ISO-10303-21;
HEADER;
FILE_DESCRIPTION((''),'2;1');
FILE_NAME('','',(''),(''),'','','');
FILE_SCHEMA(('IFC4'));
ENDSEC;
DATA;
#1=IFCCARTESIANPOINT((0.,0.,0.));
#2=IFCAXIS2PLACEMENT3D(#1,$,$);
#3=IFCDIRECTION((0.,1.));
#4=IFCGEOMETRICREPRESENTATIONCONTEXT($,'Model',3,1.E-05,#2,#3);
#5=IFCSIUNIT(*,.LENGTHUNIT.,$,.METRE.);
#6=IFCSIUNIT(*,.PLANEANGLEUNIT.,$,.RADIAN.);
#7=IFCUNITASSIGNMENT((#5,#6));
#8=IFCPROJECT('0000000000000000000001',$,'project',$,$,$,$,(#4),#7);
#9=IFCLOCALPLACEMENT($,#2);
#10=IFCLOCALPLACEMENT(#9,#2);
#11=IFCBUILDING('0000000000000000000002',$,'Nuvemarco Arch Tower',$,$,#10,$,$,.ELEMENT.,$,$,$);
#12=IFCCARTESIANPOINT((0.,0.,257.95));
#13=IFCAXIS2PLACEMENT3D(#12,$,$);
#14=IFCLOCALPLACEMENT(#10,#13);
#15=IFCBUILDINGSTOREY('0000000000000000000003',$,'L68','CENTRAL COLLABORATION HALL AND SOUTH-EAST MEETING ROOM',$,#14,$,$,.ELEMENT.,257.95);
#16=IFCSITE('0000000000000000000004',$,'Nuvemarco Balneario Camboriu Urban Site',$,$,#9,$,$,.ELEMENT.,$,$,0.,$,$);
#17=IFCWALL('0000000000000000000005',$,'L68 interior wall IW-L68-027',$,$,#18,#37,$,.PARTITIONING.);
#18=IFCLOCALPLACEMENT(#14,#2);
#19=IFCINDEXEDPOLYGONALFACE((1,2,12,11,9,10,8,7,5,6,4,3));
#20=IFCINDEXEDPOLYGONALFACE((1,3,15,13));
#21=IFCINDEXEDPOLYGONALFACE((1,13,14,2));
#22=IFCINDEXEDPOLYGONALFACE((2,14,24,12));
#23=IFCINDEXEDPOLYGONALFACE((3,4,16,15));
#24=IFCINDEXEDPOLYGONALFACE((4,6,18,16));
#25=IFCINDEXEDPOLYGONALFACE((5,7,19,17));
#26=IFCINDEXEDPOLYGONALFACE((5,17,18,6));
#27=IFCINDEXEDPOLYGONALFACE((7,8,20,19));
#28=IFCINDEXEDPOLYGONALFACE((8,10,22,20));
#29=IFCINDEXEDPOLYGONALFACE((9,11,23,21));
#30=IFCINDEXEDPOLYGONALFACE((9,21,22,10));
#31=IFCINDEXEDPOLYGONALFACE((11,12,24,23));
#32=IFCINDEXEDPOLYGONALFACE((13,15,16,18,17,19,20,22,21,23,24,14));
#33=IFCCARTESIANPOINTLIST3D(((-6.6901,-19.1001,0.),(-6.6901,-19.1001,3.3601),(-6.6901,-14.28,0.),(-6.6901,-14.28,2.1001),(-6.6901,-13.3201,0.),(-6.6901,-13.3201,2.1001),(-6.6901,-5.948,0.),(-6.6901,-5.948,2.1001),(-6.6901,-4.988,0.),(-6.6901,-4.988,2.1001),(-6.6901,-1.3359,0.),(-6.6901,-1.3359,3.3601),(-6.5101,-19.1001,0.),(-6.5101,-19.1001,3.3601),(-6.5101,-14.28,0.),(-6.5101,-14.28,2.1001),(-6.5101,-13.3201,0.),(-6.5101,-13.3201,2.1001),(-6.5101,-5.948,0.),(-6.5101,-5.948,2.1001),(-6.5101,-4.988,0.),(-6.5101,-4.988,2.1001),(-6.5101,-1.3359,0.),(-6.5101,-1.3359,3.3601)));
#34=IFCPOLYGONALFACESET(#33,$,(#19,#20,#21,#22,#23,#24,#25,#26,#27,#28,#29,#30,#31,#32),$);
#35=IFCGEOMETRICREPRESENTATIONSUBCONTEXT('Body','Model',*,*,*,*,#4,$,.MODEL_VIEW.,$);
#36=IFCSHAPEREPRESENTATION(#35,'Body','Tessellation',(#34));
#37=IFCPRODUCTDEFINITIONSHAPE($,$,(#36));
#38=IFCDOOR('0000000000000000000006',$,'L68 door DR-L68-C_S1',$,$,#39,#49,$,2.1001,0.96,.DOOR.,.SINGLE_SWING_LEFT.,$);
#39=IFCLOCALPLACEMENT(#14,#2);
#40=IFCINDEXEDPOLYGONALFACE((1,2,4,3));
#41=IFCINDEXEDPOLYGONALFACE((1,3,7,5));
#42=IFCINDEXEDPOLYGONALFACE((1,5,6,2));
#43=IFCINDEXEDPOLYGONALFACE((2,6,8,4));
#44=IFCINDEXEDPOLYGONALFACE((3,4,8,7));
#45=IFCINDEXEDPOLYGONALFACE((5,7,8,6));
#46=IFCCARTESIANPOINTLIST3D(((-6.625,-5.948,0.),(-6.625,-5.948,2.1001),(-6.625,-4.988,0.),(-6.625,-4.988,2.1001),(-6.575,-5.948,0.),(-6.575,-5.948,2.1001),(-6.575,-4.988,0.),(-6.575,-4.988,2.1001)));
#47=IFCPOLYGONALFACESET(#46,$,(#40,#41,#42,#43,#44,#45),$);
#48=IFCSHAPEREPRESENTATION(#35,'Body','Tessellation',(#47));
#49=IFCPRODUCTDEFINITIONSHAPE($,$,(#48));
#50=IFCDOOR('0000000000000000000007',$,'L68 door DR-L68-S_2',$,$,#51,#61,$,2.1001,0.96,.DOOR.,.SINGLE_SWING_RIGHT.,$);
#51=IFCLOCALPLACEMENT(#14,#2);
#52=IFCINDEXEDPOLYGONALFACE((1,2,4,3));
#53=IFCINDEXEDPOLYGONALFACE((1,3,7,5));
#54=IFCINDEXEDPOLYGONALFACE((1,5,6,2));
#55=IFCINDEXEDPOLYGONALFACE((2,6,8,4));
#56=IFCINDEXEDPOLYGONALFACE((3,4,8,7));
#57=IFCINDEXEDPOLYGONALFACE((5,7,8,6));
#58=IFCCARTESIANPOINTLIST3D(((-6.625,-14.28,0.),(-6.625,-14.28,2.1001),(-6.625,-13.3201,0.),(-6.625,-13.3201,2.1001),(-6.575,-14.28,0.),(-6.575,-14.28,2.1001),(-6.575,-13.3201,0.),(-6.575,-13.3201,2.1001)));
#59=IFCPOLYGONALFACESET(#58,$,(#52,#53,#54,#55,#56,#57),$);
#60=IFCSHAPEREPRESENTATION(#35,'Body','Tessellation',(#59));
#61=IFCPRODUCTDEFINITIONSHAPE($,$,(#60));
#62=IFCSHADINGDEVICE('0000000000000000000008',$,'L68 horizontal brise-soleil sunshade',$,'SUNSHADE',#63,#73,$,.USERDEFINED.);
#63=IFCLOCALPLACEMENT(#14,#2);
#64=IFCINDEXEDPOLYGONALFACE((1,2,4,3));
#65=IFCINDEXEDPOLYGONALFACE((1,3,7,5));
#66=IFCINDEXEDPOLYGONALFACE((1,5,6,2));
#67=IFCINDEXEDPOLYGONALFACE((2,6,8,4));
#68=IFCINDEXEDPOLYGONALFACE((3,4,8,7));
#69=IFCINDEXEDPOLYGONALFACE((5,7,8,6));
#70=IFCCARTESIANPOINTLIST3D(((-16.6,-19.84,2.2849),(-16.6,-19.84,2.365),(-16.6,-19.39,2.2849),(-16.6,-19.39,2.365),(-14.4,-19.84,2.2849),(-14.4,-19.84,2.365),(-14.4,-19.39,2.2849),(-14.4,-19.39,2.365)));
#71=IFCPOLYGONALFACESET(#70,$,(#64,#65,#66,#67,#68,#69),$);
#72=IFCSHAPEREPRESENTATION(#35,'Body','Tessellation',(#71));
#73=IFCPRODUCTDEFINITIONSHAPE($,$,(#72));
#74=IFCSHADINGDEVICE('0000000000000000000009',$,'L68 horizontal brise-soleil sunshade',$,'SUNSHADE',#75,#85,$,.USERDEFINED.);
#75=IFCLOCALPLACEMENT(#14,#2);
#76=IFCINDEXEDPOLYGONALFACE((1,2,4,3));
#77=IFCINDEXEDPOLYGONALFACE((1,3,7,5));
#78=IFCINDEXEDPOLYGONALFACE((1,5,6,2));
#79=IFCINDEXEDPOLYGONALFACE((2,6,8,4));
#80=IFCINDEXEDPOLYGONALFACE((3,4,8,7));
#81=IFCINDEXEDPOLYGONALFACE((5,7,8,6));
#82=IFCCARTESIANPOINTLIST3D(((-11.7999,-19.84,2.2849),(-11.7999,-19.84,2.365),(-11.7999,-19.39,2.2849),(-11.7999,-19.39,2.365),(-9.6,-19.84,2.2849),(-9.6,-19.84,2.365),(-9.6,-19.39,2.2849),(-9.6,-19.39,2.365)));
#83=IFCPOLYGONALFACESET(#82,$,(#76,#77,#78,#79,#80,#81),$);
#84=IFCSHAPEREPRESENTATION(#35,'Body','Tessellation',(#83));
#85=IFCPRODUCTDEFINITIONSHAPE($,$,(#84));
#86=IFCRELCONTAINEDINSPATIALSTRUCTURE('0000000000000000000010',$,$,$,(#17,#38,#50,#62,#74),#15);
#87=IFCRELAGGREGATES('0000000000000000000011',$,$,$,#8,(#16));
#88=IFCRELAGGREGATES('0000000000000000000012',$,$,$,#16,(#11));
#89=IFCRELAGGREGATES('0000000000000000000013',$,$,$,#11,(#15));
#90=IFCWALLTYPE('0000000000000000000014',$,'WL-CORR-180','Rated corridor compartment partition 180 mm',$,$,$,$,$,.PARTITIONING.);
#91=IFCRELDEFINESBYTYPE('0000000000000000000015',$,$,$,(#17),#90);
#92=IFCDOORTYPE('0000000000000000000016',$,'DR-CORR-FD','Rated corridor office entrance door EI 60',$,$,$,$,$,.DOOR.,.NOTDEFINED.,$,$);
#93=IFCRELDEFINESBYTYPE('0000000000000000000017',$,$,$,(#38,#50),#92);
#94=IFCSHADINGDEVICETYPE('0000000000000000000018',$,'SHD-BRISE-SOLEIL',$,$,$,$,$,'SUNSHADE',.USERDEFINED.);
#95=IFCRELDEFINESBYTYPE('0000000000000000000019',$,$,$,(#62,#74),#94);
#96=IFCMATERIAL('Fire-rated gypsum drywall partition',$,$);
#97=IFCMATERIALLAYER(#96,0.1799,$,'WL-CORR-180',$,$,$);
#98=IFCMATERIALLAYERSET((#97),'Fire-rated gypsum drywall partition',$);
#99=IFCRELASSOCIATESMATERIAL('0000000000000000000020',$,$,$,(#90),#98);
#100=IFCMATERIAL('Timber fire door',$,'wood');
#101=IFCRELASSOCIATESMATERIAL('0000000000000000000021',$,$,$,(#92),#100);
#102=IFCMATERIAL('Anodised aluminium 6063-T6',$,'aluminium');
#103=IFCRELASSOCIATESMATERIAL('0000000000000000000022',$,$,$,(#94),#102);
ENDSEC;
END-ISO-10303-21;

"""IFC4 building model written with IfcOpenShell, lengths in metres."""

from ifc_helpers import new_model, si_unit, direction, frame, frame_2d, origin, origin_2d, place, context, subcontext, project, spatial, rectangle, extrude, source, transform, mapped, material, layer, layer_set, type_object, type_shapes, element, fill, save


model = new_model("IFC4")

# Units and contexts
model_context = context("Model", 3, precision=1e-05, world=origin(), true_north=direction((0.0, 1.0)))
body_context = subcontext(model_context, "Body", "Model", "MODEL_VIEW")
ifc_project = project(units=[si_unit("LENGTHUNIT", "METRE"), si_unit("PLANEANGLEUNIT", "RADIAN")], contexts=[model_context])

# Site, building, storey
site_placement = place(None, origin())
site = spatial("IfcSite", under=ifc_project, at=site_placement, Name="Nuvemarco Balneario Camboriu Urban Site", CompositionType="ELEMENT", RefElevation=0.0)
building_placement = place(site_placement, origin())
building = spatial("IfcBuilding", under=site, at=building_placement, Name="Nuvemarco Arch Tower", CompositionType="ELEMENT")
storey_placement = place(building_placement, frame((0.0, 0.0, 257.95)))
storey = spatial("IfcBuildingStorey", under=building, at=storey_placement, Name="L68", Description="CENTRAL COLLABORATION HALL AND SOUTH-EAST MEETING ROOM", CompositionType="ELEMENT", Elevation=257.95)

# Shared definitions
ifc_material_1 = material(Name="Fire-rated gypsum drywall partition")
ifc_layer = layer(ifc_material_1, 0.1799, Name="WL-CORR-180")
ifc_layer_set = layer_set([ifc_layer], Name="Fire-rated gypsum drywall partition")
wall_type = type_object("IfcWallType", Name="WL-CORR-180", Description="Rated corridor compartment partition 180 mm", PredefinedType="PARTITIONING", material=ifc_layer_set)

# Shared definitions
ifc_material_2 = material(Name="Timber fire door", Category="wood")
door_type = type_object("IfcDoorType", Name="DR-CORR-FD", Description="Rated corridor office entrance door EI 60", OperationType="NOTDEFINED", PredefinedType="DOOR", material=ifc_material_2)
shared_shape_1 = source(origin(), body_context, "Body", "SweptSolid", [
    extrude(rectangle(XDim=0.96, YDim=2.1001, at=frame_2d((0.48, 1.05))), frame((0.0, 0.0249, 0.0), z_axis=(0.0, -1.0, 0.0), x_axis=(1.0, 0.0, 0.0)), (0.0, 0.0, 1.0), 0.05),
])
type_shapes(door_type, [shared_shape_1])

# Wall, openings, doors
wall_1_placement = place(storey_placement, frame((-6.6001, -19.1001, 0.0), z_axis=(0.0, 0.0, 1.0), x_axis=(0.0, 1.0, 0.0)))
wall_1 = element("IfcWall", 1, at=wall_1_placement, inside=storey, type_object=wall_type, Name="L68 interior wall IW-L68-027", PredefinedType="PARTITIONING", context=body_context, shape_type="SweptSolid", body=[
    extrude(rectangle(XDim=17.7642, YDim=0.1799, at=frame_2d((8.8821, 0.0))), origin(), (0.0, 0.0, 1.0), 3.3601),
])
opening_1_placement = place(wall_1_placement, frame((13.1521, 0.0, 0.0)))
opening_1 = element("IfcOpeningElement", 2, at=opening_1_placement, cuts=wall_1, PredefinedType="OPENING", context=body_context, shape_type="SweptSolid", body=[
    extrude(rectangle(XDim=0.96, YDim=2.1001, at=frame_2d((0.48, 1.05))), frame((0.0, 0.0999, 0.0), z_axis=(0.0, -1.0, 0.0), x_axis=(1.0, 0.0, 0.0)), (0.0, 0.0, 1.0), 0.2),
])
opening_2_placement = place(wall_1_placement, frame((4.8201, 0.0, 0.0)))
opening_2 = element("IfcOpeningElement", 3, at=opening_2_placement, cuts=wall_1, PredefinedType="OPENING", context=body_context, shape_type="SweptSolid", body=[
    extrude(rectangle(XDim=0.96, YDim=2.1001, at=frame_2d((0.48, 1.05))), frame((0.0, 0.0999, 0.0), z_axis=(0.0, -1.0, 0.0), x_axis=(1.0, 0.0, 0.0)), (0.0, 0.0, 1.0), 0.2),
])
door_1_placement = place(opening_1_placement, origin())
door_1 = element("IfcDoor", 4, at=door_1_placement, inside=storey, type_object=door_type, Name="L68 door DR-L68-C_S1", OperationType="SINGLE_SWING_LEFT", OverallHeight=2.1001, OverallWidth=0.96, PredefinedType="DOOR", context=body_context, shape_type="MappedRepresentation", body=[
    mapped(shared_shape_1, transform((0.0, 0.0, 0.0), scale=1.0)),
])
fill(opening_1, door_1)
door_2_placement = place(opening_2_placement, origin())
door_2 = element("IfcDoor", 5, at=door_2_placement, inside=storey, type_object=door_type, Name="L68 door DR-L68-S_2", OperationType="SINGLE_SWING_RIGHT", OverallHeight=2.1001, OverallWidth=0.96, PredefinedType="DOOR", context=body_context, shape_type="MappedRepresentation", body=[
    mapped(shared_shape_1, transform((0.0, 0.0, 0.0), scale=1.0)),
])
fill(opening_2, door_2)

# Shading devices
ifc_material_3 = material(Name="Anodised aluminium 6063-T6", Category="aluminium")
shading_device_type = type_object("IfcShadingDeviceType", Name="SHD-BRISE-SOLEIL", ElementType="SUNSHADE", PredefinedType="USERDEFINED", material=ifc_material_3)
shared_shape_2 = source(origin(), body_context, "Body", "SweptSolid", [
    extrude(rectangle(XDim=2.2, YDim=0.45, at=origin_2d()), origin(), (0.0, 0.0, 1.0), 0.0801),
])
type_shapes(shading_device_type, [shared_shape_2])
for number, where, z_axis, x_axis, name in (
    (6, (-15.5, -19.615, 2.2849), (0.0, 0.0, 1.0), (1.0, 0.0, 0.0), "L68 horizontal brise-soleil sunshade"),
    (7, (-10.7, -19.615, 2.2849), (0.0, 0.0, 1.0), (1.0, 0.0, 0.0), "L68 horizontal brise-soleil sunshade"),
):
    element("IfcShadingDevice", number, at=place(storey_placement, frame(where, z_axis=z_axis, x_axis=x_axis)), inside=storey, type_object=shading_device_type, Name=name, ObjectType="SUNSHADE", PredefinedType="USERDEFINED", context=body_context, shape_type="MappedRepresentation", body=[
        mapped(shared_shape_2, transform((0.0, 0.0, 0.0), scale=1.0)),
    ])

save(model, "model.ifc")
